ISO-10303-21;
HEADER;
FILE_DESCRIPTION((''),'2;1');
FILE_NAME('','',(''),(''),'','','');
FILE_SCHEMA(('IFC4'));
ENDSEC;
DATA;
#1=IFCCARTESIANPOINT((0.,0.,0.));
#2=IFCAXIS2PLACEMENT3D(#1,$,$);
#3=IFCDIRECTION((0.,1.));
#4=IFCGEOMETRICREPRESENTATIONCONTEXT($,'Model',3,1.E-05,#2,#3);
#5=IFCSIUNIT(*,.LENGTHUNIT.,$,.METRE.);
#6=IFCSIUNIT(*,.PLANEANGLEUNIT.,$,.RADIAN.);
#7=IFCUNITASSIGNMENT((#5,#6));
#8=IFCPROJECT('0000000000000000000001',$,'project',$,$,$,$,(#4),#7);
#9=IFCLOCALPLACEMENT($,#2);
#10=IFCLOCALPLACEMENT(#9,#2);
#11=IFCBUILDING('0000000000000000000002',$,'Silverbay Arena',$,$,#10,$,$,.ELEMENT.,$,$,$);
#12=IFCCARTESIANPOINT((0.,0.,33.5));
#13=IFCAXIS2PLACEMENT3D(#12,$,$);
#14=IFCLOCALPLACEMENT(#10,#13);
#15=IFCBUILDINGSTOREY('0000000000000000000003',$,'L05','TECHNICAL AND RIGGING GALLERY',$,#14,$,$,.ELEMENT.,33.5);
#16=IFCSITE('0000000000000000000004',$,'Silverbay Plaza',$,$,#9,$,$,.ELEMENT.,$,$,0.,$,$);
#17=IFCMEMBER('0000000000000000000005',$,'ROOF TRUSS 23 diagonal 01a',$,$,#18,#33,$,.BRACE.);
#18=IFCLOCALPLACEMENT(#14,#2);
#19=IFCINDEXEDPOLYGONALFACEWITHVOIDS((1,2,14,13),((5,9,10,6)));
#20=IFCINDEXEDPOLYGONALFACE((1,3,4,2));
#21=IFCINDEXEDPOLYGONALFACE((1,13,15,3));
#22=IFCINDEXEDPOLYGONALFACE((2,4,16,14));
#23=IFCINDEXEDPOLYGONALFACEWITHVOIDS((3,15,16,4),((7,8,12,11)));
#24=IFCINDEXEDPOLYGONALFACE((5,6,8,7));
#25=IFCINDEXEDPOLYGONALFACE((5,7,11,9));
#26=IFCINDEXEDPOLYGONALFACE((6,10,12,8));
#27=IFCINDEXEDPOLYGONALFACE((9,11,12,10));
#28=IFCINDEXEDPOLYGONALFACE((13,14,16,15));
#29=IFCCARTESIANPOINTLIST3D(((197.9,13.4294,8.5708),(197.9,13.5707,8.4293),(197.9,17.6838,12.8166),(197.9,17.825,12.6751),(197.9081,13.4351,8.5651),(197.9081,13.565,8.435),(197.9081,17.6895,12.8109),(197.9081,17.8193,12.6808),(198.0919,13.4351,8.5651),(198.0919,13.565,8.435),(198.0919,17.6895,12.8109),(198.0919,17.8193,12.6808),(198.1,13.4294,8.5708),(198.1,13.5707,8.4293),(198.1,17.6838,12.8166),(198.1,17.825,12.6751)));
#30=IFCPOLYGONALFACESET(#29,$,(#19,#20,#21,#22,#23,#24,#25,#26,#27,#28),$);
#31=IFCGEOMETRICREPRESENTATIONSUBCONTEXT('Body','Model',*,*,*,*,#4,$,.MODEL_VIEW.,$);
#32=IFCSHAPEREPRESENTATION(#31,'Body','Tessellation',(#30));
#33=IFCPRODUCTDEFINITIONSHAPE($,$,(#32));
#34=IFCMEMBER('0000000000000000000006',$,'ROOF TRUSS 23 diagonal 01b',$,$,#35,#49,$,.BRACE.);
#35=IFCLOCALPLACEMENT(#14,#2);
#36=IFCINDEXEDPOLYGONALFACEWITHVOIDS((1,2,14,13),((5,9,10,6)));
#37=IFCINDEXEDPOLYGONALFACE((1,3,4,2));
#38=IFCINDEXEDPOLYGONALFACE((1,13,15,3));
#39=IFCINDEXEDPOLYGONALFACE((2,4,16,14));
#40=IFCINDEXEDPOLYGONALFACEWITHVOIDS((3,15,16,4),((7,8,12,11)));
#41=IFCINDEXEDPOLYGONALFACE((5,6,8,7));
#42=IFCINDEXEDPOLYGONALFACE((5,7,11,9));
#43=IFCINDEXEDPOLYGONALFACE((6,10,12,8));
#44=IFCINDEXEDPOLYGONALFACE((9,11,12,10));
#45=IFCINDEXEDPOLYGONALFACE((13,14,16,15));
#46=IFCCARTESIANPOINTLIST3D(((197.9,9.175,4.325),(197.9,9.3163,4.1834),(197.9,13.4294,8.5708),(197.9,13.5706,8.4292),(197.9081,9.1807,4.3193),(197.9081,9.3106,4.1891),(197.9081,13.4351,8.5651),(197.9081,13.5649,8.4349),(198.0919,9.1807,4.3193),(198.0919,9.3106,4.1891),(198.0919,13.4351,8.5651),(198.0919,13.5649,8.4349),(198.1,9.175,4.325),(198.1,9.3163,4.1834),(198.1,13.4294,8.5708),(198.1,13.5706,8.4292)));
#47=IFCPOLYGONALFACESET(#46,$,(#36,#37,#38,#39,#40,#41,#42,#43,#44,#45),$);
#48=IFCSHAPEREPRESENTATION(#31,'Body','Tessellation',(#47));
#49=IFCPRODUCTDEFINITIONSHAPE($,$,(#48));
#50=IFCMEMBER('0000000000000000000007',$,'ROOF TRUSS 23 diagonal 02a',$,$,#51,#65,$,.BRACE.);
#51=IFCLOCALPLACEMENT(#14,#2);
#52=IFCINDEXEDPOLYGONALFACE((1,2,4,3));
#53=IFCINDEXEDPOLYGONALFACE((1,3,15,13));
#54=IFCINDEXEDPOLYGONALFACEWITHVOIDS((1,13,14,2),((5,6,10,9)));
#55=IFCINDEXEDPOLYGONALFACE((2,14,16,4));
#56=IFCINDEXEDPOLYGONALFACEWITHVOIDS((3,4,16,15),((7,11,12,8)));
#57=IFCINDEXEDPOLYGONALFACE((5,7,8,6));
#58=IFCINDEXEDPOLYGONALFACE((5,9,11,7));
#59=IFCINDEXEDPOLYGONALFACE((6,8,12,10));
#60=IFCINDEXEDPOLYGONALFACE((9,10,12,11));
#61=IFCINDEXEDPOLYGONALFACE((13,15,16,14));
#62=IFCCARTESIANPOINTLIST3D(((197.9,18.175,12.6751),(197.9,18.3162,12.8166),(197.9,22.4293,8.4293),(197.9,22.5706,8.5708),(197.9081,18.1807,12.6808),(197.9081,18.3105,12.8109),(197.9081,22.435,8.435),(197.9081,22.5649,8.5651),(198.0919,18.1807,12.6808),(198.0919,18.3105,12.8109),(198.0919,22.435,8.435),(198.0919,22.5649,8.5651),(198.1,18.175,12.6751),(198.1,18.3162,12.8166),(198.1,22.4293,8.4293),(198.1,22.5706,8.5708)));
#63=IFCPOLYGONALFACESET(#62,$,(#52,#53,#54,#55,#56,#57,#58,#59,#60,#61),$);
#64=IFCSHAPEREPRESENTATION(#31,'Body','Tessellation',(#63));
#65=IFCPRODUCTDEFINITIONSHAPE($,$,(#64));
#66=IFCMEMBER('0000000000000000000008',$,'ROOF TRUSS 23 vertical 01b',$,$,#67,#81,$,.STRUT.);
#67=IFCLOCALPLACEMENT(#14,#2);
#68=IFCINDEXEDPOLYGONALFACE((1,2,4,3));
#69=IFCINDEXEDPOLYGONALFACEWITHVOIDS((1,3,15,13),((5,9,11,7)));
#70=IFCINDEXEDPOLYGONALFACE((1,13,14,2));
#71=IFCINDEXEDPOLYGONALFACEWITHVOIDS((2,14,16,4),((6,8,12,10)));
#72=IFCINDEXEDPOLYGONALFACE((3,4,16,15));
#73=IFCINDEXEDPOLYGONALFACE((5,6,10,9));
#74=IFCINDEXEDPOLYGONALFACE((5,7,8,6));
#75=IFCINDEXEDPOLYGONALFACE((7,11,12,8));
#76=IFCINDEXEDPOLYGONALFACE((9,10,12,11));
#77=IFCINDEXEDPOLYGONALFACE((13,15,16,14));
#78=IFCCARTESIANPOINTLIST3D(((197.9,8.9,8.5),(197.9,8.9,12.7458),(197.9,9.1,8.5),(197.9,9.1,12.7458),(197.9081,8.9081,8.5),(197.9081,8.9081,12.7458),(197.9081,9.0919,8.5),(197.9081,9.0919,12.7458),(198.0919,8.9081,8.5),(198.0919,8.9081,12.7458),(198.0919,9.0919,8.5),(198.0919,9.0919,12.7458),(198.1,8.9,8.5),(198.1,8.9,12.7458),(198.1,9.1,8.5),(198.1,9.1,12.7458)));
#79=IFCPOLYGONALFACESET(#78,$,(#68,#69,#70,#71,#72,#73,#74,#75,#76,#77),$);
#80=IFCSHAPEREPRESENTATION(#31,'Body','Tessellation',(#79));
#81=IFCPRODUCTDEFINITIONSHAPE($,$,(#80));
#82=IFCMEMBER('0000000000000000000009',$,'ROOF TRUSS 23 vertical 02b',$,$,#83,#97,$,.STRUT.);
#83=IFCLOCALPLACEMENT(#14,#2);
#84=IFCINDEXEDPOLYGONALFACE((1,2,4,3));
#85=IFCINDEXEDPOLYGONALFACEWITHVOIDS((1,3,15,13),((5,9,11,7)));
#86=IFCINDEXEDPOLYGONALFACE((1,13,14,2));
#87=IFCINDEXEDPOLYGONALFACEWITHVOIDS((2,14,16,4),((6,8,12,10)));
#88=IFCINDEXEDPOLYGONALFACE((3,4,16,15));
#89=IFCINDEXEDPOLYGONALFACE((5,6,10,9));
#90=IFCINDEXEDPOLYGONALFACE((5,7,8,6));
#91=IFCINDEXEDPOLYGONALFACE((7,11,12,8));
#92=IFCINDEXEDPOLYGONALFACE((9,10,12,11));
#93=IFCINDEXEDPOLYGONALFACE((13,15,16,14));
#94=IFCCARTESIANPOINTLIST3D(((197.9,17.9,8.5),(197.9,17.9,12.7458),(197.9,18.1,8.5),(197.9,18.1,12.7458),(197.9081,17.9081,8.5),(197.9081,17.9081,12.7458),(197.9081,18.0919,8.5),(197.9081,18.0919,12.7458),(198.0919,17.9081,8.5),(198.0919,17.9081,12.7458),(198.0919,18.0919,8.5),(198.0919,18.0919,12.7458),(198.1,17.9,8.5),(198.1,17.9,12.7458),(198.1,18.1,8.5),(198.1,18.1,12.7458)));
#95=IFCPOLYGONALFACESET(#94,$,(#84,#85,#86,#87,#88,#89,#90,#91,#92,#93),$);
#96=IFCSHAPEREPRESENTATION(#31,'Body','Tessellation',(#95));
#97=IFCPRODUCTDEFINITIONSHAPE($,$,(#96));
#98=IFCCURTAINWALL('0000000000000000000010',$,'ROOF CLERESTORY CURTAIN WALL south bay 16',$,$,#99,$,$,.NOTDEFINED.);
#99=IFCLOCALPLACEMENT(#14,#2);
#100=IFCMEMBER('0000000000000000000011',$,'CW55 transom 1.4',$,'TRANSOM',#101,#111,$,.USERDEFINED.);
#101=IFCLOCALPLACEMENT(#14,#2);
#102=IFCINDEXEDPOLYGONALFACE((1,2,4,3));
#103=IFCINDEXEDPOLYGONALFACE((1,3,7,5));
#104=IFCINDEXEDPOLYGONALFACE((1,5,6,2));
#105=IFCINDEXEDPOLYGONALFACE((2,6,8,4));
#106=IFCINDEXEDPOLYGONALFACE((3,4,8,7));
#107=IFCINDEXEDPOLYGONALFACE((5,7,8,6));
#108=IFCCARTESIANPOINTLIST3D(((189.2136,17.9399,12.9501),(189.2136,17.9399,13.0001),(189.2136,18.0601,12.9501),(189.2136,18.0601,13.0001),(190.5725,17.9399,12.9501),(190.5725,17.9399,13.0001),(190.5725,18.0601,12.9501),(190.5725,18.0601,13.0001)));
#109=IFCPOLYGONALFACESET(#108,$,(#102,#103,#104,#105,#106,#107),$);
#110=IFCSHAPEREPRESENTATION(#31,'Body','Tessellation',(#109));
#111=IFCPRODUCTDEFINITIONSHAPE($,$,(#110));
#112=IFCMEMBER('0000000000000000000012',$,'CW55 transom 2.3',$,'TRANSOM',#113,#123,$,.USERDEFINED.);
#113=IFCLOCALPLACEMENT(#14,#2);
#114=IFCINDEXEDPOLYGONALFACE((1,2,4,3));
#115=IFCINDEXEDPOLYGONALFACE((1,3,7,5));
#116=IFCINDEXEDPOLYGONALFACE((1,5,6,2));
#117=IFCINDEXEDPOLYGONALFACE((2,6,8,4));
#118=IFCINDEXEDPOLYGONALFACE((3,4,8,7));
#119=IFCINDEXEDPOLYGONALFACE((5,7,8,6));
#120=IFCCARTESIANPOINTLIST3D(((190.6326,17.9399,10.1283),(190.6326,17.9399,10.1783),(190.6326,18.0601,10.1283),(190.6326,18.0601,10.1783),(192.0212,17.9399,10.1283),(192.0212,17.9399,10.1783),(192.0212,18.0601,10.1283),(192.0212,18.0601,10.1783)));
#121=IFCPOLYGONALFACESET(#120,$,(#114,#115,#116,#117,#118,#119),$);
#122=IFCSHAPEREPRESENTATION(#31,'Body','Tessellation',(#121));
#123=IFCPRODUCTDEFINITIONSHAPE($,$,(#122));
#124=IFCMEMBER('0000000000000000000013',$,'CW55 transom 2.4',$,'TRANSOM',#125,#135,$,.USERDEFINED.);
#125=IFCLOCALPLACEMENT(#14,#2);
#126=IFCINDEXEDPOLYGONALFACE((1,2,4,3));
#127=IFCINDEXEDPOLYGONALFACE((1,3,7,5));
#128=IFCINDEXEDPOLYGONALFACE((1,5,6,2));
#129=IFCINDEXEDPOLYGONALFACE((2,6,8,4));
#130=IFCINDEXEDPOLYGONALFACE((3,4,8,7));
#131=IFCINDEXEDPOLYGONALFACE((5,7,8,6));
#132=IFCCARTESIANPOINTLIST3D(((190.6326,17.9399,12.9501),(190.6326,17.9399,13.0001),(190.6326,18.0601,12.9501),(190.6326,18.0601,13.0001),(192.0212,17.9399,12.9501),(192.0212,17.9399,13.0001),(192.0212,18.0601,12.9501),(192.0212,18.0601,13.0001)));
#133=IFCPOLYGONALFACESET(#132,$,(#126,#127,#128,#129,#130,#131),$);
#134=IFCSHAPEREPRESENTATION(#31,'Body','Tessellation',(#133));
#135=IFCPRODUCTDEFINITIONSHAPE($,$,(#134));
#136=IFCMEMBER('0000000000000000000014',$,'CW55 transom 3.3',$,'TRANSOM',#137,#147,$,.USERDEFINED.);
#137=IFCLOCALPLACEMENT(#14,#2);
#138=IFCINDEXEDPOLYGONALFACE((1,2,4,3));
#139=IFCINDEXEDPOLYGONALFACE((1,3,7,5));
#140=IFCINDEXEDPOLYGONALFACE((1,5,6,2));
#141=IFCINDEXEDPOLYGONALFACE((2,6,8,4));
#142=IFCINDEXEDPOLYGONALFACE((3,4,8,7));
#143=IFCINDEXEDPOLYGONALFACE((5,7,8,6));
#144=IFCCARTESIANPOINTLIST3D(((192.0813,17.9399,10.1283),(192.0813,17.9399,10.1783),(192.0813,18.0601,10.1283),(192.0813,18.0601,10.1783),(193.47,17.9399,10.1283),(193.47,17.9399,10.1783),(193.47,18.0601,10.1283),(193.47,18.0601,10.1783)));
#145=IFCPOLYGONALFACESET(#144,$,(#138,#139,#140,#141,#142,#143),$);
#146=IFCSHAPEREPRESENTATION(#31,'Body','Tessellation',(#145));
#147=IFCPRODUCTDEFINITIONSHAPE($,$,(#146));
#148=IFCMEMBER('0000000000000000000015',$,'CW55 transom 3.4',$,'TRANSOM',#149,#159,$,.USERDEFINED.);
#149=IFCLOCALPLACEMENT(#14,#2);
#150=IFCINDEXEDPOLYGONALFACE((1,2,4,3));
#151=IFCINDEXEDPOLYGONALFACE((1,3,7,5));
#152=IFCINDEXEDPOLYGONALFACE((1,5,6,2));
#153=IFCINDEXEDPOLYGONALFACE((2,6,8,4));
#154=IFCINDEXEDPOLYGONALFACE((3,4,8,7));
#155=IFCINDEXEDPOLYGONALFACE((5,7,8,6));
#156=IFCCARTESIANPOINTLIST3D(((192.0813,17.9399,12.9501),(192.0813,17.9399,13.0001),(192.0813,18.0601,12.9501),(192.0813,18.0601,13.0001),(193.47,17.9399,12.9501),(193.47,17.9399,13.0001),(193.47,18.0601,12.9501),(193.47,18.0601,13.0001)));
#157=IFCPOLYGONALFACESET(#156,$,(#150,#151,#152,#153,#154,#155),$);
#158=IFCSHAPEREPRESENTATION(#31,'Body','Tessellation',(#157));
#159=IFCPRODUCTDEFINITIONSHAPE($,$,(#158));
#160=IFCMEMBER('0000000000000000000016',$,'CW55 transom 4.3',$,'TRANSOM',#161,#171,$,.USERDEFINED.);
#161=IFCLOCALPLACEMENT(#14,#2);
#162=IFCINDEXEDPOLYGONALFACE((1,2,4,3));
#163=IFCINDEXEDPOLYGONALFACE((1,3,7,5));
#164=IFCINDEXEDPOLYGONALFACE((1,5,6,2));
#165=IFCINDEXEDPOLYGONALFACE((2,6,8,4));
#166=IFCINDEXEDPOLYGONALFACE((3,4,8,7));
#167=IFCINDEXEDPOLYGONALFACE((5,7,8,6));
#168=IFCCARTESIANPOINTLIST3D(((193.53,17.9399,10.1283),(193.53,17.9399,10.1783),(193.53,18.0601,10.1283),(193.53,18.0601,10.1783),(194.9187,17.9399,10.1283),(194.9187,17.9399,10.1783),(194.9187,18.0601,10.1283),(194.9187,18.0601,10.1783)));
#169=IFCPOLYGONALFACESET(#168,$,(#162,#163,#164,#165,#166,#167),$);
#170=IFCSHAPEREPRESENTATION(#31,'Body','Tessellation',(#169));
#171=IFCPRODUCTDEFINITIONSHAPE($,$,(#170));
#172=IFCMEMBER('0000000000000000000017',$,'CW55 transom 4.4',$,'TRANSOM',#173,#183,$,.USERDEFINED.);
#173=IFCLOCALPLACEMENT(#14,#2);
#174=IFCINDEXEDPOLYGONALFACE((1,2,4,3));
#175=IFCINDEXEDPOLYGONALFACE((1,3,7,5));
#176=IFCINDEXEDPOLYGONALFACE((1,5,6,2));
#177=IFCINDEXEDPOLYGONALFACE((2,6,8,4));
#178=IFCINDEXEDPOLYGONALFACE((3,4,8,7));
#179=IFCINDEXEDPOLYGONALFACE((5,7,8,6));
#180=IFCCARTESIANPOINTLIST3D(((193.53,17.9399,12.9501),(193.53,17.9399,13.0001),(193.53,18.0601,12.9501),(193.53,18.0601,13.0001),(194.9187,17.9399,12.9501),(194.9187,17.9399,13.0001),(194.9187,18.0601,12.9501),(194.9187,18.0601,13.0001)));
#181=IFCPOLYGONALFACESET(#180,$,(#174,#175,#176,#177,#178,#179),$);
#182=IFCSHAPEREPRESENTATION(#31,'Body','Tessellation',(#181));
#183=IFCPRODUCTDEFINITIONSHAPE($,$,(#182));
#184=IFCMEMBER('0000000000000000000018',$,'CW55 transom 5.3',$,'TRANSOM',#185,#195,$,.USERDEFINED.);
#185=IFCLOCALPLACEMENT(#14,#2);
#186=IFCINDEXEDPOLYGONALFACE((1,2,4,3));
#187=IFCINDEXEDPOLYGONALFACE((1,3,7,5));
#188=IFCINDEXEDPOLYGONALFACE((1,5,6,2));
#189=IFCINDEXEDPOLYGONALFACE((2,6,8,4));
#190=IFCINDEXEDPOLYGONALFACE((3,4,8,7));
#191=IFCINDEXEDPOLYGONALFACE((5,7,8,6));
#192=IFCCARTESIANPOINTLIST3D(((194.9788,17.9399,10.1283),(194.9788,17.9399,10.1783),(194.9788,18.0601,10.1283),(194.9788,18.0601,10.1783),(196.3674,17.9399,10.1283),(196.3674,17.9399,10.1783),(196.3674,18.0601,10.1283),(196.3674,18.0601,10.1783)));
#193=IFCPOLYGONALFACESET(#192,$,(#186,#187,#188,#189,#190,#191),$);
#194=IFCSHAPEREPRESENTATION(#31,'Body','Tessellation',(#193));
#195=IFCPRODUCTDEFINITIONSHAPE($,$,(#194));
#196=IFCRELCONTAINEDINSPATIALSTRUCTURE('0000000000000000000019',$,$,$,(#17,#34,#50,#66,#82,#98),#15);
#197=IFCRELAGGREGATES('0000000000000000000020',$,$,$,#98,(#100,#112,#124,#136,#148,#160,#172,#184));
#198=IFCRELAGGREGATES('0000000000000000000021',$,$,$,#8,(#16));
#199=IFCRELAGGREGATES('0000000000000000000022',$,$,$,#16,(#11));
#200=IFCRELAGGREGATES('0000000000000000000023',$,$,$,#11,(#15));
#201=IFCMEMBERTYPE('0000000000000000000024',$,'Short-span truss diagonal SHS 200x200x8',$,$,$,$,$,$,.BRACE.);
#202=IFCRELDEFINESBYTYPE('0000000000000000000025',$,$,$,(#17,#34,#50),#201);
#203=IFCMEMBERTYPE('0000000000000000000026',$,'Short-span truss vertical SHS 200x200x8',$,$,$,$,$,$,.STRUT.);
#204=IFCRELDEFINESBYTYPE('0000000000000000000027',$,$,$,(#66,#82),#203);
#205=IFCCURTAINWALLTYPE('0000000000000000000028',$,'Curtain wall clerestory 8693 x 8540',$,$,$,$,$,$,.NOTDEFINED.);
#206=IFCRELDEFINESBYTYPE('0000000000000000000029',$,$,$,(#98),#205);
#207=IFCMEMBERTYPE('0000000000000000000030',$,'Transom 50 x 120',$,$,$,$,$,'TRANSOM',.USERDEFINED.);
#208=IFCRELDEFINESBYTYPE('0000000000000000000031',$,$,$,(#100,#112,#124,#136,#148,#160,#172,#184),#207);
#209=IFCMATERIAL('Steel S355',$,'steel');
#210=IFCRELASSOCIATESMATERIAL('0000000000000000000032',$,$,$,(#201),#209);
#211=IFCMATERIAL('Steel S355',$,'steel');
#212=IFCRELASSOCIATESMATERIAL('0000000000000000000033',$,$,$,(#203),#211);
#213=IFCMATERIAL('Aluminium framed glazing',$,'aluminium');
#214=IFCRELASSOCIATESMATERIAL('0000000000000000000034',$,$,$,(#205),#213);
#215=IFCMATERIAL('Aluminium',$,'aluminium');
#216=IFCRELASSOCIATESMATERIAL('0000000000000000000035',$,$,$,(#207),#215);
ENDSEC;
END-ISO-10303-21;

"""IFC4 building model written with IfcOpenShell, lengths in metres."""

from ifc_helpers import new_model, si_unit, direction, frame, origin, origin_2d, place, context, subcontext, project, spatial, rectangle, hollow_rectangle, extrude, material, material_profile, profile_set, type_object, element, aggregate, save


model = new_model("IFC4")

# Units and contexts
model_context = context("Model", 3, precision=1e-05, world=origin(), true_north=direction((0.0, 1.0)))
body_context = subcontext(model_context, "Body", "Model", "MODEL_VIEW")
ifc_project = project(units=[si_unit("LENGTHUNIT", "METRE"), si_unit("PLANEANGLEUNIT", "RADIAN")], contexts=[model_context])

# Site, building, storey
site_placement = place(None, origin())
site = spatial("IfcSite", under=ifc_project, at=site_placement, Name="Silverbay Plaza", CompositionType="ELEMENT", RefElevation=0.0)
building_placement = place(site_placement, origin())
building = spatial("IfcBuilding", under=site, at=building_placement, Name="Silverbay Arena", CompositionType="ELEMENT")
storey_placement = place(building_placement, frame((0.0, 0.0, 33.5)))
storey = spatial("IfcBuildingStorey", under=building, at=storey_placement, Name="L05", Description="TECHNICAL AND RIGGING GALLERY", CompositionType="ELEMENT", Elevation=33.5)

# Members
ifc_material_1 = material(Name="Steel S355", Category="steel")
ifc_material_profile_1 = material_profile(ifc_material_1, hollow_rectangle(XDim=0.2, YDim=0.2, WallThickness=0.0081, at=origin_2d()), Name="SHS 200x200x8")
ifc_profile_set_1 = profile_set([ifc_material_profile_1], Name="Steel S355")
member_type_1 = type_object("IfcMemberType", Name="Short-span truss diagonal SHS 200x200x8", PredefinedType="BRACE", material=ifc_profile_set_1)
for number, where, z_axis, x_axis, name in (
    (1, (198.0, 17.7544, 12.7458), (0.0, -0.707817, -0.706396), (1.0, 0.0, 0.0), "ROOF TRUSS 23 diagonal 01a"),
    (2, (198.0, 13.5, 8.5), (0.0, -0.707817, -0.706396), (1.0, 0.0, 0.0), "ROOF TRUSS 23 diagonal 01b"),
    (3, (198.0, 18.2456, 12.7458), (0.0, 0.707817, -0.706396), (-1.0, 0.0, 0.0), "ROOF TRUSS 23 diagonal 02a"),
):
    element("IfcMember", number, at=place(storey_placement, frame(where, z_axis=z_axis, x_axis=x_axis)), inside=storey, type_object=member_type_1, Name=name, PredefinedType="BRACE", context=body_context, shape_type="SweptSolid", body=[
        extrude(hollow_rectangle(XDim=0.2, YDim=0.2, WallThickness=0.0081, at=origin_2d()), origin(), (0.0, 0.0, 1.0), 6.0105),
    ])
ifc_material_2 = material(Name="Steel S355", Category="steel")
ifc_material_profile_2 = material_profile(ifc_material_2, hollow_rectangle(XDim=0.2, YDim=0.2, WallThickness=0.0081, at=origin_2d()), Name="SHS 200x200x8")
ifc_profile_set_2 = profile_set([ifc_material_profile_2], Name="Steel S355")
member_type_2 = type_object("IfcMemberType", Name="Short-span truss vertical SHS 200x200x8", PredefinedType="STRUT", material=ifc_profile_set_2)
for number, where, z_axis, x_axis, name in (
    (4, (198.0, 9.0, 8.5), (0.0, 0.0, 1.0), (1.0, 0.0, 0.0), "ROOF TRUSS 23 vertical 01b"),
    (5, (198.0, 18.0, 8.5), (0.0, 0.0, 1.0), (1.0, 0.0, 0.0), "ROOF TRUSS 23 vertical 02b"),
):
    element("IfcMember", number, at=place(storey_placement, frame(where, z_axis=z_axis, x_axis=x_axis)), inside=storey, type_object=member_type_2, Name=name, PredefinedType="STRUT", context=body_context, shape_type="SweptSolid", body=[
        extrude(hollow_rectangle(XDim=0.2, YDim=0.2, WallThickness=0.0081, at=origin_2d()), origin(), (0.0, 0.0, 1.0), 4.2458),
    ])

# Curtain wall, members
ifc_material_3 = material(Name="Aluminium framed glazing", Category="aluminium")
curtain_wall_type = type_object("IfcCurtainWallType", Name="Curtain wall clerestory 8693 x 8540", PredefinedType="NOTDEFINED", material=ifc_material_3)
curtain_wall_placement = place(storey_placement, origin())
curtain_wall = element("IfcCurtainWall", 6, at=curtain_wall_placement, inside=storey, type_object=curtain_wall_type, Name="ROOF CLERESTORY CURTAIN WALL south bay 16", PredefinedType="NOTDEFINED")
ifc_material_4 = material(Name="Aluminium", Category="aluminium")
ifc_material_profile_3 = material_profile(ifc_material_4, rectangle(XDim=0.1201, YDim=0.05, at=origin_2d()), Name="Transom 50 x 120")
ifc_profile_set_3 = profile_set([ifc_material_profile_3], Name="Aluminium")
member_type_3 = type_object("IfcMemberType", Name="Transom 50 x 120", ElementType="TRANSOM", PredefinedType="USERDEFINED", material=ifc_profile_set_3)
member_1_placement = place(storey_placement, frame((189.2136, 18.0, 12.9751), z_axis=(1.0, 0.0, 0.0), x_axis=(0.0, 1.0, 0.0)))
member_1 = element("IfcMember", 7, at=member_1_placement, type_object=member_type_3, Name="CW55 transom 1.4", ObjectType="TRANSOM", PredefinedType="USERDEFINED", context=body_context, shape_type="SweptSolid", body=[
    extrude(rectangle(XDim=0.1201, YDim=0.05, at=origin_2d()), origin(), (0.0, 0.0, 1.0), 1.3589),
])
member_2_placement = place(storey_placement, frame((190.6326, 18.0, 10.1533), z_axis=(1.0, 0.0, 0.0), x_axis=(0.0, 1.0, 0.0)))
member_2 = element("IfcMember", 8, at=member_2_placement, type_object=member_type_3, Name="CW55 transom 2.3", ObjectType="TRANSOM", PredefinedType="USERDEFINED", context=body_context, shape_type="SweptSolid", body=[
    extrude(rectangle(XDim=0.1201, YDim=0.05, at=origin_2d()), origin(), (0.0, 0.0, 1.0), 1.3887),
])
member_3_placement = place(storey_placement, frame((190.6326, 18.0, 12.9751), z_axis=(1.0, 0.0, 0.0), x_axis=(0.0, 1.0, 0.0)))
member_3 = element("IfcMember", 9, at=member_3_placement, type_object=member_type_3, Name="CW55 transom 2.4", ObjectType="TRANSOM", PredefinedType="USERDEFINED", context=body_context, shape_type="SweptSolid", body=[
    extrude(rectangle(XDim=0.1201, YDim=0.05, at=origin_2d()), origin(), (0.0, 0.0, 1.0), 1.3887),
])
member_4_placement = place(storey_placement, frame((192.0813, 18.0, 10.1533), z_axis=(1.0, 0.0, 0.0), x_axis=(0.0, 1.0, 0.0)))
member_4 = element("IfcMember", 10, at=member_4_placement, type_object=member_type_3, Name="CW55 transom 3.3", ObjectType="TRANSOM", PredefinedType="USERDEFINED", context=body_context, shape_type="SweptSolid", body=[
    extrude(rectangle(XDim=0.1201, YDim=0.05, at=origin_2d()), origin(), (0.0, 0.0, 1.0), 1.3887),
])
member_5_placement = place(storey_placement, frame((192.0813, 18.0, 12.9751), z_axis=(1.0, 0.0, 0.0), x_axis=(0.0, 1.0, 0.0)))
member_5 = element("IfcMember", 11, at=member_5_placement, type_object=member_type_3, Name="CW55 transom 3.4", ObjectType="TRANSOM", PredefinedType="USERDEFINED", context=body_context, shape_type="SweptSolid", body=[
    extrude(rectangle(XDim=0.1201, YDim=0.05, at=origin_2d()), origin(), (0.0, 0.0, 1.0), 1.3887),
])
member_6_placement = place(storey_placement, frame((193.53, 18.0, 10.1533), z_axis=(1.0, 0.0, 0.0), x_axis=(0.0, 1.0, 0.0)))
member_6 = element("IfcMember", 12, at=member_6_placement, type_object=member_type_3, Name="CW55 transom 4.3", ObjectType="TRANSOM", PredefinedType="USERDEFINED", context=body_context, shape_type="SweptSolid", body=[
    extrude(rectangle(XDim=0.1201, YDim=0.05, at=origin_2d()), origin(), (0.0, 0.0, 1.0), 1.3887),
])
member_7_placement = place(storey_placement, frame((193.53, 18.0, 12.9751), z_axis=(1.0, 0.0, 0.0), x_axis=(0.0, 1.0, 0.0)))
member_7 = element("IfcMember", 13, at=member_7_placement, type_object=member_type_3, Name="CW55 transom 4.4", ObjectType="TRANSOM", PredefinedType="USERDEFINED", context=body_context, shape_type="SweptSolid", body=[
    extrude(rectangle(XDim=0.1201, YDim=0.05, at=origin_2d()), origin(), (0.0, 0.0, 1.0), 1.3887),
])
member_8_placement = place(storey_placement, frame((194.9788, 18.0, 10.1533), z_axis=(1.0, 0.0, 0.0), x_axis=(0.0, 1.0, 0.0)))
member_8 = element("IfcMember", 14, at=member_8_placement, type_object=member_type_3, Name="CW55 transom 5.3", ObjectType="TRANSOM", PredefinedType="USERDEFINED", context=body_context, shape_type="SweptSolid", body=[
    extrude(rectangle(XDim=0.1201, YDim=0.05, at=origin_2d()), origin(), (0.0, 0.0, 1.0), 1.3887),
])
aggregate(curtain_wall, [member_1, member_2, member_3, member_4, member_5, member_6, member_7, member_8])

save(model, "model.ifc")
